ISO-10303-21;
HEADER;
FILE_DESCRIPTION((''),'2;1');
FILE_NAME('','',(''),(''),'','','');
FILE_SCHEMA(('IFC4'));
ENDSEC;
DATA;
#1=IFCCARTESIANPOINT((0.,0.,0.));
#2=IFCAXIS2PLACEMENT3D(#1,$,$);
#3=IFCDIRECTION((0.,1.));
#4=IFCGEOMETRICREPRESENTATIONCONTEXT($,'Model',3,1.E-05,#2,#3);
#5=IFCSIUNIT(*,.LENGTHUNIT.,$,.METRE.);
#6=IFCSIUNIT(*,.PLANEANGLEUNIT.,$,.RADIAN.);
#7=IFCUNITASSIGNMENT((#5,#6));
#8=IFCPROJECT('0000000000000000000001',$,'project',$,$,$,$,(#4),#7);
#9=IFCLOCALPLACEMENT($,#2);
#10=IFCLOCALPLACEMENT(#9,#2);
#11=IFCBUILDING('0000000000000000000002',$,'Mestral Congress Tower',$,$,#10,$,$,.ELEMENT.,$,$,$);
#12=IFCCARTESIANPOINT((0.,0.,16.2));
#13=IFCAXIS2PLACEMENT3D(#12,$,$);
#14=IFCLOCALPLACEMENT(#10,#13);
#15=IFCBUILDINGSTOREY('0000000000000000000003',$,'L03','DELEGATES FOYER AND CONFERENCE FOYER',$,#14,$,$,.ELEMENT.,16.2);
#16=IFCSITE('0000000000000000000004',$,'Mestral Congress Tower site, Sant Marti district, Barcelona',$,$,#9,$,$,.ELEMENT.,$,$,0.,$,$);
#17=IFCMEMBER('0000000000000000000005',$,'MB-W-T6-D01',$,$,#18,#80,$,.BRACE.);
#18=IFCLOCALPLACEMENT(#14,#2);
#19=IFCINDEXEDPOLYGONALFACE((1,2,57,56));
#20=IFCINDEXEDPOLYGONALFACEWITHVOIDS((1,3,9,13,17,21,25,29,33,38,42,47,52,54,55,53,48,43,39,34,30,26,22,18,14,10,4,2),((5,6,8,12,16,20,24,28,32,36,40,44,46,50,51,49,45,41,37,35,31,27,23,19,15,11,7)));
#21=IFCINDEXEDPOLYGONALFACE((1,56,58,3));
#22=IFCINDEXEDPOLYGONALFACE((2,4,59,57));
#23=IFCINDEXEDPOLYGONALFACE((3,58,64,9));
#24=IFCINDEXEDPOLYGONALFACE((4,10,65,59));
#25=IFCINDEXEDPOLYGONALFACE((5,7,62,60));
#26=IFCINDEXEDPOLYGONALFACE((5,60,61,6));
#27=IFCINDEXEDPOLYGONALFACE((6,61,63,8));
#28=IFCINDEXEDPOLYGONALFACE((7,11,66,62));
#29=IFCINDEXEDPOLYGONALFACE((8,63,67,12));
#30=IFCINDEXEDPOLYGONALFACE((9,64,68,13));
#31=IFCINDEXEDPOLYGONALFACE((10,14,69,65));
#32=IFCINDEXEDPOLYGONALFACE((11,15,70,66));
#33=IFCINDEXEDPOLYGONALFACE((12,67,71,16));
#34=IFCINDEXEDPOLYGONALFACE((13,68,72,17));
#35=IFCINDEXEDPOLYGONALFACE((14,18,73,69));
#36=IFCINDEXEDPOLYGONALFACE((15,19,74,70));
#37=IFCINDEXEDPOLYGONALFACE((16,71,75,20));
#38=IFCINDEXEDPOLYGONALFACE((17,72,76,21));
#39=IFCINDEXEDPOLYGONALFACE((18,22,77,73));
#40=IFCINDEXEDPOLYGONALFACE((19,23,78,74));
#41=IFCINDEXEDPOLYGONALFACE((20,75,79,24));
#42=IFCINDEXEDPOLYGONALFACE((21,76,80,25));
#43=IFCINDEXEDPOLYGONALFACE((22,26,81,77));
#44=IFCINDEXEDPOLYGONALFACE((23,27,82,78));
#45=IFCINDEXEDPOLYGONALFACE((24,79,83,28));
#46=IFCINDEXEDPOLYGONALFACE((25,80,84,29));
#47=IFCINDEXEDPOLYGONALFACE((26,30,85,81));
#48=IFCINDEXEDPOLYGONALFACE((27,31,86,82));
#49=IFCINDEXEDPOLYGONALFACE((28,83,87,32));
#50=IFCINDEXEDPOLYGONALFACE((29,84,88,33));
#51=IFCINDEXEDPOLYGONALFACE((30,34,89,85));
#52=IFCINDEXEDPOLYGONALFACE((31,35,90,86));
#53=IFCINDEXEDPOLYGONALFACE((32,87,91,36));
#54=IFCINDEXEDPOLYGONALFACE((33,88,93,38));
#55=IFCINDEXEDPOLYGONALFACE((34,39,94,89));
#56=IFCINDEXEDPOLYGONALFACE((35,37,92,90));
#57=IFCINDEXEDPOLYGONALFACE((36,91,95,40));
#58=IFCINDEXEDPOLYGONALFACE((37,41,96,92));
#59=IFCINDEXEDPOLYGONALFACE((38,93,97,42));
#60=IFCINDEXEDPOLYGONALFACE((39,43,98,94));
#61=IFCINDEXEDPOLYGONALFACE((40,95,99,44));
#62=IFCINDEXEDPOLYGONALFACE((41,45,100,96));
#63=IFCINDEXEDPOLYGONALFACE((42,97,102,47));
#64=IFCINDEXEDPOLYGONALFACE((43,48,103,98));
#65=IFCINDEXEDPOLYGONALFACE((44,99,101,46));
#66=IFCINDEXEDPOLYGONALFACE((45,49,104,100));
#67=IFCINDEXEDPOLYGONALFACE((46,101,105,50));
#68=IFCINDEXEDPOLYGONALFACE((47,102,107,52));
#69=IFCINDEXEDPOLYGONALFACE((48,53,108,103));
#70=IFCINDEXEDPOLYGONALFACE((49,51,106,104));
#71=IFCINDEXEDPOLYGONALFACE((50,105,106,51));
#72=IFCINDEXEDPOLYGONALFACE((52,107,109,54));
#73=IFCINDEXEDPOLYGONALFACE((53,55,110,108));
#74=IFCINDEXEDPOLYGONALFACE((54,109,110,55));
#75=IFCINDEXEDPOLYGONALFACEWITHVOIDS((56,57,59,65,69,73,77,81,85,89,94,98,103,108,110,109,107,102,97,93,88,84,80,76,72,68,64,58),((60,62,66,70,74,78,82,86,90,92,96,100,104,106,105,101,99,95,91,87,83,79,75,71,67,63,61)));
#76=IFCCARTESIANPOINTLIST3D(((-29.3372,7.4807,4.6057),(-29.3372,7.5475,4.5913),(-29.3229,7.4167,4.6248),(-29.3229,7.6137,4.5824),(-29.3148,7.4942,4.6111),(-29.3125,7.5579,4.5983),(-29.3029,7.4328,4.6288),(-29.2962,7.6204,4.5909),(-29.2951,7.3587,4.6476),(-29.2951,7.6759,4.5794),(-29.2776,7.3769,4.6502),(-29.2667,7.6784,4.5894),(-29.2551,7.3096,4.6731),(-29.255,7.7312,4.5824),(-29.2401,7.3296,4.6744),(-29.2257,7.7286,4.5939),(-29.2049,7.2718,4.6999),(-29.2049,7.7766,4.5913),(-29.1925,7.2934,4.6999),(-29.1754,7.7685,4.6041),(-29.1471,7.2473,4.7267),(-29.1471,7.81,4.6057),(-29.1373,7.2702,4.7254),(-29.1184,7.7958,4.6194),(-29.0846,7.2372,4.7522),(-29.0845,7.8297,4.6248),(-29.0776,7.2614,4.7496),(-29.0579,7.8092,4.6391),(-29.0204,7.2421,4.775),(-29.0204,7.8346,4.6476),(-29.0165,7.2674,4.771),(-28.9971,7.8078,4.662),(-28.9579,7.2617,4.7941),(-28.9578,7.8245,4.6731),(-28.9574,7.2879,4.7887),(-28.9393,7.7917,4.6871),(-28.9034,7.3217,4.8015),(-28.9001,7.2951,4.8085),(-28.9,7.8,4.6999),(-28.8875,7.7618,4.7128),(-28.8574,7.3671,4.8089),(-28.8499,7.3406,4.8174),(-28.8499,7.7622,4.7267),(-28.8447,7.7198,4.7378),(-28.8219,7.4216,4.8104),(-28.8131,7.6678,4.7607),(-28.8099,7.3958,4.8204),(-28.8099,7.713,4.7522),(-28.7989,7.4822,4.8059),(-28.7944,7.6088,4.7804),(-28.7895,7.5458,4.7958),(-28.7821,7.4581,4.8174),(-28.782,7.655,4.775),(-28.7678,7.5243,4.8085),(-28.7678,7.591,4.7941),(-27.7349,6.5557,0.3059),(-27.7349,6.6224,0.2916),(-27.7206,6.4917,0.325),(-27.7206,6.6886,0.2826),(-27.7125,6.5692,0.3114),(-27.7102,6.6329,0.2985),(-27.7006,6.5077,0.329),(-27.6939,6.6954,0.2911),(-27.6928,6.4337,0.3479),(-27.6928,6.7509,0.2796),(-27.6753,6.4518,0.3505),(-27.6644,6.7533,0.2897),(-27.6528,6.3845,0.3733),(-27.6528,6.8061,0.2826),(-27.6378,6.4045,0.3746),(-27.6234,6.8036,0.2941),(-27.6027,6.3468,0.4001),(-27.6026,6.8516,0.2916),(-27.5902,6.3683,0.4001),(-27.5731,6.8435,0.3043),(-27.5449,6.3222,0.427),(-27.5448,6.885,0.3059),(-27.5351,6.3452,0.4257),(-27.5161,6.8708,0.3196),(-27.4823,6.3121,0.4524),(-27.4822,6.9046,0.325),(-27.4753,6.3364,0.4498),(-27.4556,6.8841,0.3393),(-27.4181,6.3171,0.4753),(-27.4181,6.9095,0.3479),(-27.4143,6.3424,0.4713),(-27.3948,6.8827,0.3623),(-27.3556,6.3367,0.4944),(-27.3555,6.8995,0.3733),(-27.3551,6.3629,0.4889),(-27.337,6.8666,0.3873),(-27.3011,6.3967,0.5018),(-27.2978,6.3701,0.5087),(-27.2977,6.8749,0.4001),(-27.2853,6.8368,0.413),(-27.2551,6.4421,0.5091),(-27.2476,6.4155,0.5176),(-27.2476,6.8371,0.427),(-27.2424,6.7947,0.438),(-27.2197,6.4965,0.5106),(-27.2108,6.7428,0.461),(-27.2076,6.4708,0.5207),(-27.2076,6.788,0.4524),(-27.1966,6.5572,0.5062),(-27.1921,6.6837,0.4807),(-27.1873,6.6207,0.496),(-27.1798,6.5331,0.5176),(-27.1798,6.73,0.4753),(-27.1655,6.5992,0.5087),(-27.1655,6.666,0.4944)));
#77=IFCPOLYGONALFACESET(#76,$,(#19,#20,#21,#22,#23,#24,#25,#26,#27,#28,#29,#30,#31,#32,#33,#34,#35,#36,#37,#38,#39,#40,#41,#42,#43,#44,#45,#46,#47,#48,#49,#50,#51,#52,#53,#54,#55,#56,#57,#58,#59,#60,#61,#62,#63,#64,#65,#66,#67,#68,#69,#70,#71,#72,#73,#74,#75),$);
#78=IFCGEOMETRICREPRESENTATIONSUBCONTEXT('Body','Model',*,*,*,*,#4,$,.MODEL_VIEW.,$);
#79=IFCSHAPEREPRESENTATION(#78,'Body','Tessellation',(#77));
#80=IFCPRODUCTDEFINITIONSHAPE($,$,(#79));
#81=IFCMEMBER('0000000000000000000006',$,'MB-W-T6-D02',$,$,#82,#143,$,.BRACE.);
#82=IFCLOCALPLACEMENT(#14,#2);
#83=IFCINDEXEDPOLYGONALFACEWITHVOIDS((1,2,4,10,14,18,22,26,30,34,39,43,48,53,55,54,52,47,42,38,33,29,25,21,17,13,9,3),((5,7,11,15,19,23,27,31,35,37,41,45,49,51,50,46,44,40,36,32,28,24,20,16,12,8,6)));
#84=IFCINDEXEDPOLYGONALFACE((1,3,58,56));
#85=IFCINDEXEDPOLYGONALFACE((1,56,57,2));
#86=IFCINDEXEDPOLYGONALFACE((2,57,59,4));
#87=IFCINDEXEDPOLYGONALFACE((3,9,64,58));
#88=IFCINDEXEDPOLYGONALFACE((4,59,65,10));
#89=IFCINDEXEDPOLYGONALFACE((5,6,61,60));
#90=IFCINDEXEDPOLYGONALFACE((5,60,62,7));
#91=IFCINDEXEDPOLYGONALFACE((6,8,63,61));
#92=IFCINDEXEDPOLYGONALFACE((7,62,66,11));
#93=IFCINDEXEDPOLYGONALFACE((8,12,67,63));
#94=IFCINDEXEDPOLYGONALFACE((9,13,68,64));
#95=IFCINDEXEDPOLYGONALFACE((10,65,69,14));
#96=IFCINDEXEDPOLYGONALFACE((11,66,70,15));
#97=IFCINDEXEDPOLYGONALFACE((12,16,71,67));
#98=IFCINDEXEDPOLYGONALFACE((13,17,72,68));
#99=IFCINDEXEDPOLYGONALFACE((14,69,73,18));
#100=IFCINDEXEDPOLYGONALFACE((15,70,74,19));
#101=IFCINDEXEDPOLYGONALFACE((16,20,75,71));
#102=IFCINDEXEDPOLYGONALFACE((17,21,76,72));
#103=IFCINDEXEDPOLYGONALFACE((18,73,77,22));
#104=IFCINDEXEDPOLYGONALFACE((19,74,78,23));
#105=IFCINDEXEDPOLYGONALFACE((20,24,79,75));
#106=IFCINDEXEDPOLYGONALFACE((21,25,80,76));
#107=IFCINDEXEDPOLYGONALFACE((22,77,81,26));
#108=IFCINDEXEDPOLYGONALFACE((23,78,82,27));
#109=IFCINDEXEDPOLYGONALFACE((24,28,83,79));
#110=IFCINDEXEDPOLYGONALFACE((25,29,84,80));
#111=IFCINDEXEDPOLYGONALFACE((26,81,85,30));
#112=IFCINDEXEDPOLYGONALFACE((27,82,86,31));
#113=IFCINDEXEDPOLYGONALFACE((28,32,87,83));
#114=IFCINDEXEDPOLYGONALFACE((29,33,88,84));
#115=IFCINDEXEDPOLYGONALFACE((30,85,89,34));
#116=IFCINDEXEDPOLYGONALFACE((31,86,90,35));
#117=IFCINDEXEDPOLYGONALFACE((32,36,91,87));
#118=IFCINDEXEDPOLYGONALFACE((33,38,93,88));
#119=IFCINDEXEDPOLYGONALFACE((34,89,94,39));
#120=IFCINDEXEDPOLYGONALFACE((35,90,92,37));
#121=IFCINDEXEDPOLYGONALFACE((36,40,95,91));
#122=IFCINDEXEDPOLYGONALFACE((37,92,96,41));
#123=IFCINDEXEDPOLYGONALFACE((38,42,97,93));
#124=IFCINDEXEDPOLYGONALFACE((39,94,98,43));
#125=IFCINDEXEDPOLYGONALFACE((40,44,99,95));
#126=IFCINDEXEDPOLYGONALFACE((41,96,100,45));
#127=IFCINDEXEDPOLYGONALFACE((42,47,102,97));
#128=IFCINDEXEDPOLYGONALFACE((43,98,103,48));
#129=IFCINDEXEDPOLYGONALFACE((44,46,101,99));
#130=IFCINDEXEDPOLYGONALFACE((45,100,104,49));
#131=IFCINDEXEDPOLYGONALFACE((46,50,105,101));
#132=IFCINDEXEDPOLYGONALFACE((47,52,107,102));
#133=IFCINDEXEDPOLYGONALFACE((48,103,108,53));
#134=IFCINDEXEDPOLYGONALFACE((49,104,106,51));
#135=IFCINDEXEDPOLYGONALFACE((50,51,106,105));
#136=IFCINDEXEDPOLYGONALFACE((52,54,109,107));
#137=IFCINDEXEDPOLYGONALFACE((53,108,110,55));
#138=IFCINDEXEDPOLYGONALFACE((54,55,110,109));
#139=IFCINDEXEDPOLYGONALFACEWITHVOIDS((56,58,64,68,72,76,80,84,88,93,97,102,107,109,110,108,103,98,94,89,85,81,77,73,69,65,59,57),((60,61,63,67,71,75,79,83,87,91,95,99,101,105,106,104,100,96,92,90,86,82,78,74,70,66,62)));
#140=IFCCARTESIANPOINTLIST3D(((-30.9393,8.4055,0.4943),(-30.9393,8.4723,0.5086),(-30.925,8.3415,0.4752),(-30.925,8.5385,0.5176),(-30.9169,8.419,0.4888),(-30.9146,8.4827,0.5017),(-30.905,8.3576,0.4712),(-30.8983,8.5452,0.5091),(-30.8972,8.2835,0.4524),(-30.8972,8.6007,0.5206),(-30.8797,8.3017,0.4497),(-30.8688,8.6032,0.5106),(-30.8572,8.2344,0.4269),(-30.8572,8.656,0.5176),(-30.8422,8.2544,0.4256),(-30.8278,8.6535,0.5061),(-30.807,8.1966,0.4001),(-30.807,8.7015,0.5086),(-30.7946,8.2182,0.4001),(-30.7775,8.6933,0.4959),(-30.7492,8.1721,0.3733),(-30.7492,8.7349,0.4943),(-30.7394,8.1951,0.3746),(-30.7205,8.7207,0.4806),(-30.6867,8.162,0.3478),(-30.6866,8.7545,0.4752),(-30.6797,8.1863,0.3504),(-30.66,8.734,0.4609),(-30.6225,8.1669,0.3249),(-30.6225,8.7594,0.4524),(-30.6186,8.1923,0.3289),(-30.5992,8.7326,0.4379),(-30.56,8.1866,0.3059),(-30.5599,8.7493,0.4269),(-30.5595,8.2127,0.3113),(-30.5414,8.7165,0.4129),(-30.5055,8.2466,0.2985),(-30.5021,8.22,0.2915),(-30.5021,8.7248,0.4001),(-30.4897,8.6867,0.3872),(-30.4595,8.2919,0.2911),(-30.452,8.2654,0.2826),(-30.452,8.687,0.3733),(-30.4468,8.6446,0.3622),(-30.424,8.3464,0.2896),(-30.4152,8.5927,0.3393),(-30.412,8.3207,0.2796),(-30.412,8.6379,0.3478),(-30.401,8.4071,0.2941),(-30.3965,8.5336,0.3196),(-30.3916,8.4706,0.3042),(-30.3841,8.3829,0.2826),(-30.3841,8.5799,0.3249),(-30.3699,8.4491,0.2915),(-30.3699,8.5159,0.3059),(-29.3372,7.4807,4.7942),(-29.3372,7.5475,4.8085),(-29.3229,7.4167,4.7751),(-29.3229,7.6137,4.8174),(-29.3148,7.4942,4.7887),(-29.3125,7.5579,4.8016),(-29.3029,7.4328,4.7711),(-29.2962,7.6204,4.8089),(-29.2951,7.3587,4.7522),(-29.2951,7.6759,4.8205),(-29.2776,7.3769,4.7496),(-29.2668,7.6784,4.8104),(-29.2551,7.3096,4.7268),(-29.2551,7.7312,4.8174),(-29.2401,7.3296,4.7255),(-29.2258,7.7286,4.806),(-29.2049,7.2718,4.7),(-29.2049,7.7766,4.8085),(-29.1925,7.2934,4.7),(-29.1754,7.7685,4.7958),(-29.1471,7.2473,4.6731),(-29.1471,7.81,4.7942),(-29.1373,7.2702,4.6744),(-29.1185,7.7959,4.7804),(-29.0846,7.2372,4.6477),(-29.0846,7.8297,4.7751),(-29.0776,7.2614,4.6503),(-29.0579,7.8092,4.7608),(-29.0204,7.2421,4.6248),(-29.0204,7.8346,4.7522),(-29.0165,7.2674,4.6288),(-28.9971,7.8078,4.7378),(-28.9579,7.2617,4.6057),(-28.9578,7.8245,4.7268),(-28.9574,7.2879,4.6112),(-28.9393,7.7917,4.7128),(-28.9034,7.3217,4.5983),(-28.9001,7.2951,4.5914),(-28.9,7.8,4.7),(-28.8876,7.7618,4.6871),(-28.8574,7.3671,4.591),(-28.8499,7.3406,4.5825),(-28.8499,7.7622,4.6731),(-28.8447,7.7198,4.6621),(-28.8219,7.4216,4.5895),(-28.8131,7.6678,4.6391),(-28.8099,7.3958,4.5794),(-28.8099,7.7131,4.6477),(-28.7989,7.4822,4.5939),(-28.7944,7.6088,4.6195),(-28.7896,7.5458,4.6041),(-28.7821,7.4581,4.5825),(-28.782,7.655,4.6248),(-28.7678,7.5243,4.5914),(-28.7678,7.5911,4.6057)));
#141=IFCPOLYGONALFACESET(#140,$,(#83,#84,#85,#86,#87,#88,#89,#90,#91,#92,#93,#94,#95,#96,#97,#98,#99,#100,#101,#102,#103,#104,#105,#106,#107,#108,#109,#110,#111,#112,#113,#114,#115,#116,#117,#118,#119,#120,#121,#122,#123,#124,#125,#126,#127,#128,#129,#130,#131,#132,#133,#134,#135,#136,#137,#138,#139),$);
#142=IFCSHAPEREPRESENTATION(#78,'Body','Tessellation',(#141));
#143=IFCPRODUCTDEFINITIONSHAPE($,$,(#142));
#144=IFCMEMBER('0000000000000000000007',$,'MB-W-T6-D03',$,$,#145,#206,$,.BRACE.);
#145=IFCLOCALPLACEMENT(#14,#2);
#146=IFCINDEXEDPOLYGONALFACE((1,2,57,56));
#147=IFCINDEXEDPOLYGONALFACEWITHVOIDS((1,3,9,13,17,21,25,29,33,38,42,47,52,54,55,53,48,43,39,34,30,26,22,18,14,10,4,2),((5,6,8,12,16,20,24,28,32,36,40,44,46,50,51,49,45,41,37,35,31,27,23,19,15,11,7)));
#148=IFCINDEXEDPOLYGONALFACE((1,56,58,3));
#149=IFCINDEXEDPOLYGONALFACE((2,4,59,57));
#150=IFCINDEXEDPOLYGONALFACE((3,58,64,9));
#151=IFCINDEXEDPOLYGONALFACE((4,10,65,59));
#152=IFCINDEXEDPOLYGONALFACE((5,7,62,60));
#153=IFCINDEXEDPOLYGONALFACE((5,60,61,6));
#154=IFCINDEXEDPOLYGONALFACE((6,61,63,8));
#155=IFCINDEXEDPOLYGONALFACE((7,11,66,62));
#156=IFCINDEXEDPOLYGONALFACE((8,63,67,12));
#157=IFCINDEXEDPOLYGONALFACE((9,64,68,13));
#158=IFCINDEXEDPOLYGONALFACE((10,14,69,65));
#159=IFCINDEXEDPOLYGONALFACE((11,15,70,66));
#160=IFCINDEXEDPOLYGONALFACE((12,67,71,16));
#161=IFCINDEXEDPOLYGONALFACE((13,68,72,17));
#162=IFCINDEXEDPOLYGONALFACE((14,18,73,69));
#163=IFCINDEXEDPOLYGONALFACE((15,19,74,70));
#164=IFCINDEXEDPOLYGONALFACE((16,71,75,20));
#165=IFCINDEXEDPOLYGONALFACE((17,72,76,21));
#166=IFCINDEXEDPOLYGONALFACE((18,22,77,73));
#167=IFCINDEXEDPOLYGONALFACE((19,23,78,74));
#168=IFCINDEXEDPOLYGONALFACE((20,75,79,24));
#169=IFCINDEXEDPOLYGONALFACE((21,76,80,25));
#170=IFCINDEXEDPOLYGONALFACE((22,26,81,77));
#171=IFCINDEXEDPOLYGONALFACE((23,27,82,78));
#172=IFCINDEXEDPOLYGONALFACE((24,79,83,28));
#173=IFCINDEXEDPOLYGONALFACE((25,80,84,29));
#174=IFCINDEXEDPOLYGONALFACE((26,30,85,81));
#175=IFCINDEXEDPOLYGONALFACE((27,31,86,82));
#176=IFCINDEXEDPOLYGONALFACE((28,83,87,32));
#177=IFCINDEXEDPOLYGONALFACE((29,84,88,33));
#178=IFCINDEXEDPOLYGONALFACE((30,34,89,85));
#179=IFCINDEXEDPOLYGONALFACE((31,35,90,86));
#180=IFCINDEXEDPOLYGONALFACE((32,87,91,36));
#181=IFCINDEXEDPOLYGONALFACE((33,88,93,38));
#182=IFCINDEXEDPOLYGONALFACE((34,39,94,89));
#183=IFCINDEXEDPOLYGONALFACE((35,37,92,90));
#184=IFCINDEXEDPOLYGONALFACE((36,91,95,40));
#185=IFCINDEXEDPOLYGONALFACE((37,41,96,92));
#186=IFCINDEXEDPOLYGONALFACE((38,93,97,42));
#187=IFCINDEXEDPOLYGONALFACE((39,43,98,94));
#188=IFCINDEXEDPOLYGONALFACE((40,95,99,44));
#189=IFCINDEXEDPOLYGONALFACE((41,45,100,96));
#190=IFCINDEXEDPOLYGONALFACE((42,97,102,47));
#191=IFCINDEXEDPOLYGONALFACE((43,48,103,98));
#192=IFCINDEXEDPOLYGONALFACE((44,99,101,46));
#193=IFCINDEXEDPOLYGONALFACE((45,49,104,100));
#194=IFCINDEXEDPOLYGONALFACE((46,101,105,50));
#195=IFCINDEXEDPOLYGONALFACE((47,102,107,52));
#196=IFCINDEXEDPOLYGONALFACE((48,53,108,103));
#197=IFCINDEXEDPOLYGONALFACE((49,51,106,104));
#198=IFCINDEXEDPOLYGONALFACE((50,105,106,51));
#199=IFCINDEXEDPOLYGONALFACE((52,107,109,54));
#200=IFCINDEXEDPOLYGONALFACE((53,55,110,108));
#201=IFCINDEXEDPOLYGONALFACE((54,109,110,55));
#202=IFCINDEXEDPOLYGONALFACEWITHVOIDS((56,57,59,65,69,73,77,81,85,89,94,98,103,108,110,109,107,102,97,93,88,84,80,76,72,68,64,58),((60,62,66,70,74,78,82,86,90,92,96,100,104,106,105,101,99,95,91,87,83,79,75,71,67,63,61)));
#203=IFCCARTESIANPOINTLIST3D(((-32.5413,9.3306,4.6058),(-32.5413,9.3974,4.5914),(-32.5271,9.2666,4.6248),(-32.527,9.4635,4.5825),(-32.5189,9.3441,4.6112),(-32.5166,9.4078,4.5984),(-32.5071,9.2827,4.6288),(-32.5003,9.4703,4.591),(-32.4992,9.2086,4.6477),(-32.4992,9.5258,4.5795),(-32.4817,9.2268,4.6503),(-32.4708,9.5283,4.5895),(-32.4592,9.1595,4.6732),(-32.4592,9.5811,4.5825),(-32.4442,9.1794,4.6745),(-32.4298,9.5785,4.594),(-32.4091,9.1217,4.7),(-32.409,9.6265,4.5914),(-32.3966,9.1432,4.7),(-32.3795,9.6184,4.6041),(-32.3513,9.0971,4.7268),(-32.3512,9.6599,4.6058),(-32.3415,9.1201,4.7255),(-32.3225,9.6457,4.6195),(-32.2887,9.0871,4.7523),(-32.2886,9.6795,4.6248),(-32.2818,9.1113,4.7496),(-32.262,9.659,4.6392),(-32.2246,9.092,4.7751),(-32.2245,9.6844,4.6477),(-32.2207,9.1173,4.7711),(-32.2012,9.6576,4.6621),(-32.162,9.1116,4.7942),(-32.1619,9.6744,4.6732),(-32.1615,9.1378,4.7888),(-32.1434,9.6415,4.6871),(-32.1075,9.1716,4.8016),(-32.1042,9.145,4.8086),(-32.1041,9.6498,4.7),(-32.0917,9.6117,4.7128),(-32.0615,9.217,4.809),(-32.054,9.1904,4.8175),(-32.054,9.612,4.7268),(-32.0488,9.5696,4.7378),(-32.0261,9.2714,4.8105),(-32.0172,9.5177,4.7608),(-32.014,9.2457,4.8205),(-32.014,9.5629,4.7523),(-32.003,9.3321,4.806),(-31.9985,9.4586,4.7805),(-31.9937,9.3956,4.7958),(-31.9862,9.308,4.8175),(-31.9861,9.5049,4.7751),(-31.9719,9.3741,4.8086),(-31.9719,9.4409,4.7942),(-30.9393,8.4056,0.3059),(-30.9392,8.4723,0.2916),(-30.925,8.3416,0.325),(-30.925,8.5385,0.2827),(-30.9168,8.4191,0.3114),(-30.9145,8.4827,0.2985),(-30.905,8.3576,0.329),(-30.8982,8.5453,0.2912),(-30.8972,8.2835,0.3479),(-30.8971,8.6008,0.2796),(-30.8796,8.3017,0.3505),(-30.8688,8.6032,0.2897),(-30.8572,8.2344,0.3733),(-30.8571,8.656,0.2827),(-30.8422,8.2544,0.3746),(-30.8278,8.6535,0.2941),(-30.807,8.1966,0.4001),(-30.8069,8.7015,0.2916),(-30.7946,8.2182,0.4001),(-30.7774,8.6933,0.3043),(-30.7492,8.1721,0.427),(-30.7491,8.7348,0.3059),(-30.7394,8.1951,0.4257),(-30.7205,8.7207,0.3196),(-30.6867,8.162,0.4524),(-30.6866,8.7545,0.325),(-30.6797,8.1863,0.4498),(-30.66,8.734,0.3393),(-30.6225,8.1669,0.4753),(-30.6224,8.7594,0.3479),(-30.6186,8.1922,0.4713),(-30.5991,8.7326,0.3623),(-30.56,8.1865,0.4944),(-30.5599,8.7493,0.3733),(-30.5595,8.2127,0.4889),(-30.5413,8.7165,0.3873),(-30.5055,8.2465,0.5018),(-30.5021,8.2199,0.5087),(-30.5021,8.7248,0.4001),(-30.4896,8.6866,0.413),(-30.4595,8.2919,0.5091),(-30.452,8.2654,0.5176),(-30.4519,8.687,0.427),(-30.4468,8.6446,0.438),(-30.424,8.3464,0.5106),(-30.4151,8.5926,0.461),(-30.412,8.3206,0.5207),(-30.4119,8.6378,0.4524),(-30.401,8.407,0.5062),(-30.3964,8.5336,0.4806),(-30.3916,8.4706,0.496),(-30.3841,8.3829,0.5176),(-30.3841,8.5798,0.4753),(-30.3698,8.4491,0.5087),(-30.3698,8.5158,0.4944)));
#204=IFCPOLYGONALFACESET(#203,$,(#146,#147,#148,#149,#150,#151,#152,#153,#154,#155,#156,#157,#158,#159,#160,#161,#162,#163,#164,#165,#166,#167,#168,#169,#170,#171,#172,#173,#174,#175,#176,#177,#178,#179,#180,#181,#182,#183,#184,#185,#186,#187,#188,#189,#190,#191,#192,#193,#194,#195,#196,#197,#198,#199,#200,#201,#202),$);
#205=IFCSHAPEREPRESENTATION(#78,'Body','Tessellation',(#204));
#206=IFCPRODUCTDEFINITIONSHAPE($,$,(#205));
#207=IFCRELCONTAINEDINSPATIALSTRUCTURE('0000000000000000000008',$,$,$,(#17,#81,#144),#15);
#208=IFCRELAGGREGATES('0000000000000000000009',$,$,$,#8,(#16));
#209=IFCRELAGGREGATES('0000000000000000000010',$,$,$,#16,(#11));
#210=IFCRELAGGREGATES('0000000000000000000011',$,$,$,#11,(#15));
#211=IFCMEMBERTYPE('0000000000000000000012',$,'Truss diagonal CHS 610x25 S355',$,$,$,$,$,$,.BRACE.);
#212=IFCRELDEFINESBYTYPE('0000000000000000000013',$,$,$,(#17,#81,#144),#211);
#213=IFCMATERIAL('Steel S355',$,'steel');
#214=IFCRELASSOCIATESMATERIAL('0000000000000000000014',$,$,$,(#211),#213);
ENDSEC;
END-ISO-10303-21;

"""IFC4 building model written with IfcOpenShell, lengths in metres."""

from ifc_helpers import new_model, si_unit, direction, frame, origin, origin_2d, place, context, subcontext, project, spatial, hollow_circle, extrude, material, material_profile, profile_set, type_object, element, save


model = new_model("IFC4")

# Units and contexts
model_context = context("Model", 3, precision=1e-05, world=origin(), true_north=direction((0.0, 1.0)))
body_context = subcontext(model_context, "Body", "Model", "MODEL_VIEW")
ifc_project = project(units=[si_unit("LENGTHUNIT", "METRE"), si_unit("PLANEANGLEUNIT", "RADIAN")], contexts=[model_context])

# Site, building, storey
site_placement = place(None, origin())
site = spatial("IfcSite", under=ifc_project, at=site_placement, Name="Mestral Congress Tower site, Sant Marti district, Barcelona", CompositionType="ELEMENT", RefElevation=0.0)
building_placement = place(site_placement, origin())
building = spatial("IfcBuilding", under=site, at=building_placement, Name="Mestral Congress Tower", CompositionType="ELEMENT")
storey_placement = place(building_placement, frame((0.0, 0.0, 16.2)))
storey = spatial("IfcBuildingStorey", under=building, at=storey_placement, Name="L03", Description="DELEGATES FOYER AND CONFERENCE FOYER", CompositionType="ELEMENT", Elevation=16.2)

# Members
ifc_material_1 = material(Name="Steel S355", Category="steel")
ifc_material_profile_1 = material_profile(ifc_material_1, hollow_circle(Radius=0.3049, WallThickness=0.0249, at=origin_2d()), Name="CHS 610x25")
ifc_profile_set_1 = profile_set([ifc_material_profile_1], Name="Steel S355")
member_type_1 = type_object("IfcMemberType", Name="Truss diagonal CHS 610x25 S355", PredefinedType="BRACE", material=ifc_profile_set_1)
for number, where, z_axis, x_axis, name in (
    (1, (-27.4502, 6.6108, 0.4001), (-0.342301, 0.197619, 0.918573), (-0.499985, -0.866034, 0.0), "MB-W-T6-D01"),
    (2, (-29.0525, 7.5359, 4.7), (-0.342258, 0.197573, -0.918599), (-0.499943, -0.866058, 0.0), "MB-W-T6-D02"),
    (3, (-30.6545, 8.4607, 0.4001), (-0.342254, 0.197623, 0.91859), (-0.500042, -0.866001, 0.0), "MB-W-T6-D03"),
):
    element("IfcMember", number, at=place(storey_placement, frame(where, z_axis=z_axis, x_axis=x_axis)), inside=storey, type_object=member_type_1, Name=name, PredefinedType="BRACE", context=body_context, shape_type="SweptSolid", body=[
        extrude(hollow_circle(Radius=0.3049, WallThickness=0.0249, at=origin_2d()), origin(), (0.0, 0.0, 1.0), 4.6809),
    ])

save(model, "model.ifc")
